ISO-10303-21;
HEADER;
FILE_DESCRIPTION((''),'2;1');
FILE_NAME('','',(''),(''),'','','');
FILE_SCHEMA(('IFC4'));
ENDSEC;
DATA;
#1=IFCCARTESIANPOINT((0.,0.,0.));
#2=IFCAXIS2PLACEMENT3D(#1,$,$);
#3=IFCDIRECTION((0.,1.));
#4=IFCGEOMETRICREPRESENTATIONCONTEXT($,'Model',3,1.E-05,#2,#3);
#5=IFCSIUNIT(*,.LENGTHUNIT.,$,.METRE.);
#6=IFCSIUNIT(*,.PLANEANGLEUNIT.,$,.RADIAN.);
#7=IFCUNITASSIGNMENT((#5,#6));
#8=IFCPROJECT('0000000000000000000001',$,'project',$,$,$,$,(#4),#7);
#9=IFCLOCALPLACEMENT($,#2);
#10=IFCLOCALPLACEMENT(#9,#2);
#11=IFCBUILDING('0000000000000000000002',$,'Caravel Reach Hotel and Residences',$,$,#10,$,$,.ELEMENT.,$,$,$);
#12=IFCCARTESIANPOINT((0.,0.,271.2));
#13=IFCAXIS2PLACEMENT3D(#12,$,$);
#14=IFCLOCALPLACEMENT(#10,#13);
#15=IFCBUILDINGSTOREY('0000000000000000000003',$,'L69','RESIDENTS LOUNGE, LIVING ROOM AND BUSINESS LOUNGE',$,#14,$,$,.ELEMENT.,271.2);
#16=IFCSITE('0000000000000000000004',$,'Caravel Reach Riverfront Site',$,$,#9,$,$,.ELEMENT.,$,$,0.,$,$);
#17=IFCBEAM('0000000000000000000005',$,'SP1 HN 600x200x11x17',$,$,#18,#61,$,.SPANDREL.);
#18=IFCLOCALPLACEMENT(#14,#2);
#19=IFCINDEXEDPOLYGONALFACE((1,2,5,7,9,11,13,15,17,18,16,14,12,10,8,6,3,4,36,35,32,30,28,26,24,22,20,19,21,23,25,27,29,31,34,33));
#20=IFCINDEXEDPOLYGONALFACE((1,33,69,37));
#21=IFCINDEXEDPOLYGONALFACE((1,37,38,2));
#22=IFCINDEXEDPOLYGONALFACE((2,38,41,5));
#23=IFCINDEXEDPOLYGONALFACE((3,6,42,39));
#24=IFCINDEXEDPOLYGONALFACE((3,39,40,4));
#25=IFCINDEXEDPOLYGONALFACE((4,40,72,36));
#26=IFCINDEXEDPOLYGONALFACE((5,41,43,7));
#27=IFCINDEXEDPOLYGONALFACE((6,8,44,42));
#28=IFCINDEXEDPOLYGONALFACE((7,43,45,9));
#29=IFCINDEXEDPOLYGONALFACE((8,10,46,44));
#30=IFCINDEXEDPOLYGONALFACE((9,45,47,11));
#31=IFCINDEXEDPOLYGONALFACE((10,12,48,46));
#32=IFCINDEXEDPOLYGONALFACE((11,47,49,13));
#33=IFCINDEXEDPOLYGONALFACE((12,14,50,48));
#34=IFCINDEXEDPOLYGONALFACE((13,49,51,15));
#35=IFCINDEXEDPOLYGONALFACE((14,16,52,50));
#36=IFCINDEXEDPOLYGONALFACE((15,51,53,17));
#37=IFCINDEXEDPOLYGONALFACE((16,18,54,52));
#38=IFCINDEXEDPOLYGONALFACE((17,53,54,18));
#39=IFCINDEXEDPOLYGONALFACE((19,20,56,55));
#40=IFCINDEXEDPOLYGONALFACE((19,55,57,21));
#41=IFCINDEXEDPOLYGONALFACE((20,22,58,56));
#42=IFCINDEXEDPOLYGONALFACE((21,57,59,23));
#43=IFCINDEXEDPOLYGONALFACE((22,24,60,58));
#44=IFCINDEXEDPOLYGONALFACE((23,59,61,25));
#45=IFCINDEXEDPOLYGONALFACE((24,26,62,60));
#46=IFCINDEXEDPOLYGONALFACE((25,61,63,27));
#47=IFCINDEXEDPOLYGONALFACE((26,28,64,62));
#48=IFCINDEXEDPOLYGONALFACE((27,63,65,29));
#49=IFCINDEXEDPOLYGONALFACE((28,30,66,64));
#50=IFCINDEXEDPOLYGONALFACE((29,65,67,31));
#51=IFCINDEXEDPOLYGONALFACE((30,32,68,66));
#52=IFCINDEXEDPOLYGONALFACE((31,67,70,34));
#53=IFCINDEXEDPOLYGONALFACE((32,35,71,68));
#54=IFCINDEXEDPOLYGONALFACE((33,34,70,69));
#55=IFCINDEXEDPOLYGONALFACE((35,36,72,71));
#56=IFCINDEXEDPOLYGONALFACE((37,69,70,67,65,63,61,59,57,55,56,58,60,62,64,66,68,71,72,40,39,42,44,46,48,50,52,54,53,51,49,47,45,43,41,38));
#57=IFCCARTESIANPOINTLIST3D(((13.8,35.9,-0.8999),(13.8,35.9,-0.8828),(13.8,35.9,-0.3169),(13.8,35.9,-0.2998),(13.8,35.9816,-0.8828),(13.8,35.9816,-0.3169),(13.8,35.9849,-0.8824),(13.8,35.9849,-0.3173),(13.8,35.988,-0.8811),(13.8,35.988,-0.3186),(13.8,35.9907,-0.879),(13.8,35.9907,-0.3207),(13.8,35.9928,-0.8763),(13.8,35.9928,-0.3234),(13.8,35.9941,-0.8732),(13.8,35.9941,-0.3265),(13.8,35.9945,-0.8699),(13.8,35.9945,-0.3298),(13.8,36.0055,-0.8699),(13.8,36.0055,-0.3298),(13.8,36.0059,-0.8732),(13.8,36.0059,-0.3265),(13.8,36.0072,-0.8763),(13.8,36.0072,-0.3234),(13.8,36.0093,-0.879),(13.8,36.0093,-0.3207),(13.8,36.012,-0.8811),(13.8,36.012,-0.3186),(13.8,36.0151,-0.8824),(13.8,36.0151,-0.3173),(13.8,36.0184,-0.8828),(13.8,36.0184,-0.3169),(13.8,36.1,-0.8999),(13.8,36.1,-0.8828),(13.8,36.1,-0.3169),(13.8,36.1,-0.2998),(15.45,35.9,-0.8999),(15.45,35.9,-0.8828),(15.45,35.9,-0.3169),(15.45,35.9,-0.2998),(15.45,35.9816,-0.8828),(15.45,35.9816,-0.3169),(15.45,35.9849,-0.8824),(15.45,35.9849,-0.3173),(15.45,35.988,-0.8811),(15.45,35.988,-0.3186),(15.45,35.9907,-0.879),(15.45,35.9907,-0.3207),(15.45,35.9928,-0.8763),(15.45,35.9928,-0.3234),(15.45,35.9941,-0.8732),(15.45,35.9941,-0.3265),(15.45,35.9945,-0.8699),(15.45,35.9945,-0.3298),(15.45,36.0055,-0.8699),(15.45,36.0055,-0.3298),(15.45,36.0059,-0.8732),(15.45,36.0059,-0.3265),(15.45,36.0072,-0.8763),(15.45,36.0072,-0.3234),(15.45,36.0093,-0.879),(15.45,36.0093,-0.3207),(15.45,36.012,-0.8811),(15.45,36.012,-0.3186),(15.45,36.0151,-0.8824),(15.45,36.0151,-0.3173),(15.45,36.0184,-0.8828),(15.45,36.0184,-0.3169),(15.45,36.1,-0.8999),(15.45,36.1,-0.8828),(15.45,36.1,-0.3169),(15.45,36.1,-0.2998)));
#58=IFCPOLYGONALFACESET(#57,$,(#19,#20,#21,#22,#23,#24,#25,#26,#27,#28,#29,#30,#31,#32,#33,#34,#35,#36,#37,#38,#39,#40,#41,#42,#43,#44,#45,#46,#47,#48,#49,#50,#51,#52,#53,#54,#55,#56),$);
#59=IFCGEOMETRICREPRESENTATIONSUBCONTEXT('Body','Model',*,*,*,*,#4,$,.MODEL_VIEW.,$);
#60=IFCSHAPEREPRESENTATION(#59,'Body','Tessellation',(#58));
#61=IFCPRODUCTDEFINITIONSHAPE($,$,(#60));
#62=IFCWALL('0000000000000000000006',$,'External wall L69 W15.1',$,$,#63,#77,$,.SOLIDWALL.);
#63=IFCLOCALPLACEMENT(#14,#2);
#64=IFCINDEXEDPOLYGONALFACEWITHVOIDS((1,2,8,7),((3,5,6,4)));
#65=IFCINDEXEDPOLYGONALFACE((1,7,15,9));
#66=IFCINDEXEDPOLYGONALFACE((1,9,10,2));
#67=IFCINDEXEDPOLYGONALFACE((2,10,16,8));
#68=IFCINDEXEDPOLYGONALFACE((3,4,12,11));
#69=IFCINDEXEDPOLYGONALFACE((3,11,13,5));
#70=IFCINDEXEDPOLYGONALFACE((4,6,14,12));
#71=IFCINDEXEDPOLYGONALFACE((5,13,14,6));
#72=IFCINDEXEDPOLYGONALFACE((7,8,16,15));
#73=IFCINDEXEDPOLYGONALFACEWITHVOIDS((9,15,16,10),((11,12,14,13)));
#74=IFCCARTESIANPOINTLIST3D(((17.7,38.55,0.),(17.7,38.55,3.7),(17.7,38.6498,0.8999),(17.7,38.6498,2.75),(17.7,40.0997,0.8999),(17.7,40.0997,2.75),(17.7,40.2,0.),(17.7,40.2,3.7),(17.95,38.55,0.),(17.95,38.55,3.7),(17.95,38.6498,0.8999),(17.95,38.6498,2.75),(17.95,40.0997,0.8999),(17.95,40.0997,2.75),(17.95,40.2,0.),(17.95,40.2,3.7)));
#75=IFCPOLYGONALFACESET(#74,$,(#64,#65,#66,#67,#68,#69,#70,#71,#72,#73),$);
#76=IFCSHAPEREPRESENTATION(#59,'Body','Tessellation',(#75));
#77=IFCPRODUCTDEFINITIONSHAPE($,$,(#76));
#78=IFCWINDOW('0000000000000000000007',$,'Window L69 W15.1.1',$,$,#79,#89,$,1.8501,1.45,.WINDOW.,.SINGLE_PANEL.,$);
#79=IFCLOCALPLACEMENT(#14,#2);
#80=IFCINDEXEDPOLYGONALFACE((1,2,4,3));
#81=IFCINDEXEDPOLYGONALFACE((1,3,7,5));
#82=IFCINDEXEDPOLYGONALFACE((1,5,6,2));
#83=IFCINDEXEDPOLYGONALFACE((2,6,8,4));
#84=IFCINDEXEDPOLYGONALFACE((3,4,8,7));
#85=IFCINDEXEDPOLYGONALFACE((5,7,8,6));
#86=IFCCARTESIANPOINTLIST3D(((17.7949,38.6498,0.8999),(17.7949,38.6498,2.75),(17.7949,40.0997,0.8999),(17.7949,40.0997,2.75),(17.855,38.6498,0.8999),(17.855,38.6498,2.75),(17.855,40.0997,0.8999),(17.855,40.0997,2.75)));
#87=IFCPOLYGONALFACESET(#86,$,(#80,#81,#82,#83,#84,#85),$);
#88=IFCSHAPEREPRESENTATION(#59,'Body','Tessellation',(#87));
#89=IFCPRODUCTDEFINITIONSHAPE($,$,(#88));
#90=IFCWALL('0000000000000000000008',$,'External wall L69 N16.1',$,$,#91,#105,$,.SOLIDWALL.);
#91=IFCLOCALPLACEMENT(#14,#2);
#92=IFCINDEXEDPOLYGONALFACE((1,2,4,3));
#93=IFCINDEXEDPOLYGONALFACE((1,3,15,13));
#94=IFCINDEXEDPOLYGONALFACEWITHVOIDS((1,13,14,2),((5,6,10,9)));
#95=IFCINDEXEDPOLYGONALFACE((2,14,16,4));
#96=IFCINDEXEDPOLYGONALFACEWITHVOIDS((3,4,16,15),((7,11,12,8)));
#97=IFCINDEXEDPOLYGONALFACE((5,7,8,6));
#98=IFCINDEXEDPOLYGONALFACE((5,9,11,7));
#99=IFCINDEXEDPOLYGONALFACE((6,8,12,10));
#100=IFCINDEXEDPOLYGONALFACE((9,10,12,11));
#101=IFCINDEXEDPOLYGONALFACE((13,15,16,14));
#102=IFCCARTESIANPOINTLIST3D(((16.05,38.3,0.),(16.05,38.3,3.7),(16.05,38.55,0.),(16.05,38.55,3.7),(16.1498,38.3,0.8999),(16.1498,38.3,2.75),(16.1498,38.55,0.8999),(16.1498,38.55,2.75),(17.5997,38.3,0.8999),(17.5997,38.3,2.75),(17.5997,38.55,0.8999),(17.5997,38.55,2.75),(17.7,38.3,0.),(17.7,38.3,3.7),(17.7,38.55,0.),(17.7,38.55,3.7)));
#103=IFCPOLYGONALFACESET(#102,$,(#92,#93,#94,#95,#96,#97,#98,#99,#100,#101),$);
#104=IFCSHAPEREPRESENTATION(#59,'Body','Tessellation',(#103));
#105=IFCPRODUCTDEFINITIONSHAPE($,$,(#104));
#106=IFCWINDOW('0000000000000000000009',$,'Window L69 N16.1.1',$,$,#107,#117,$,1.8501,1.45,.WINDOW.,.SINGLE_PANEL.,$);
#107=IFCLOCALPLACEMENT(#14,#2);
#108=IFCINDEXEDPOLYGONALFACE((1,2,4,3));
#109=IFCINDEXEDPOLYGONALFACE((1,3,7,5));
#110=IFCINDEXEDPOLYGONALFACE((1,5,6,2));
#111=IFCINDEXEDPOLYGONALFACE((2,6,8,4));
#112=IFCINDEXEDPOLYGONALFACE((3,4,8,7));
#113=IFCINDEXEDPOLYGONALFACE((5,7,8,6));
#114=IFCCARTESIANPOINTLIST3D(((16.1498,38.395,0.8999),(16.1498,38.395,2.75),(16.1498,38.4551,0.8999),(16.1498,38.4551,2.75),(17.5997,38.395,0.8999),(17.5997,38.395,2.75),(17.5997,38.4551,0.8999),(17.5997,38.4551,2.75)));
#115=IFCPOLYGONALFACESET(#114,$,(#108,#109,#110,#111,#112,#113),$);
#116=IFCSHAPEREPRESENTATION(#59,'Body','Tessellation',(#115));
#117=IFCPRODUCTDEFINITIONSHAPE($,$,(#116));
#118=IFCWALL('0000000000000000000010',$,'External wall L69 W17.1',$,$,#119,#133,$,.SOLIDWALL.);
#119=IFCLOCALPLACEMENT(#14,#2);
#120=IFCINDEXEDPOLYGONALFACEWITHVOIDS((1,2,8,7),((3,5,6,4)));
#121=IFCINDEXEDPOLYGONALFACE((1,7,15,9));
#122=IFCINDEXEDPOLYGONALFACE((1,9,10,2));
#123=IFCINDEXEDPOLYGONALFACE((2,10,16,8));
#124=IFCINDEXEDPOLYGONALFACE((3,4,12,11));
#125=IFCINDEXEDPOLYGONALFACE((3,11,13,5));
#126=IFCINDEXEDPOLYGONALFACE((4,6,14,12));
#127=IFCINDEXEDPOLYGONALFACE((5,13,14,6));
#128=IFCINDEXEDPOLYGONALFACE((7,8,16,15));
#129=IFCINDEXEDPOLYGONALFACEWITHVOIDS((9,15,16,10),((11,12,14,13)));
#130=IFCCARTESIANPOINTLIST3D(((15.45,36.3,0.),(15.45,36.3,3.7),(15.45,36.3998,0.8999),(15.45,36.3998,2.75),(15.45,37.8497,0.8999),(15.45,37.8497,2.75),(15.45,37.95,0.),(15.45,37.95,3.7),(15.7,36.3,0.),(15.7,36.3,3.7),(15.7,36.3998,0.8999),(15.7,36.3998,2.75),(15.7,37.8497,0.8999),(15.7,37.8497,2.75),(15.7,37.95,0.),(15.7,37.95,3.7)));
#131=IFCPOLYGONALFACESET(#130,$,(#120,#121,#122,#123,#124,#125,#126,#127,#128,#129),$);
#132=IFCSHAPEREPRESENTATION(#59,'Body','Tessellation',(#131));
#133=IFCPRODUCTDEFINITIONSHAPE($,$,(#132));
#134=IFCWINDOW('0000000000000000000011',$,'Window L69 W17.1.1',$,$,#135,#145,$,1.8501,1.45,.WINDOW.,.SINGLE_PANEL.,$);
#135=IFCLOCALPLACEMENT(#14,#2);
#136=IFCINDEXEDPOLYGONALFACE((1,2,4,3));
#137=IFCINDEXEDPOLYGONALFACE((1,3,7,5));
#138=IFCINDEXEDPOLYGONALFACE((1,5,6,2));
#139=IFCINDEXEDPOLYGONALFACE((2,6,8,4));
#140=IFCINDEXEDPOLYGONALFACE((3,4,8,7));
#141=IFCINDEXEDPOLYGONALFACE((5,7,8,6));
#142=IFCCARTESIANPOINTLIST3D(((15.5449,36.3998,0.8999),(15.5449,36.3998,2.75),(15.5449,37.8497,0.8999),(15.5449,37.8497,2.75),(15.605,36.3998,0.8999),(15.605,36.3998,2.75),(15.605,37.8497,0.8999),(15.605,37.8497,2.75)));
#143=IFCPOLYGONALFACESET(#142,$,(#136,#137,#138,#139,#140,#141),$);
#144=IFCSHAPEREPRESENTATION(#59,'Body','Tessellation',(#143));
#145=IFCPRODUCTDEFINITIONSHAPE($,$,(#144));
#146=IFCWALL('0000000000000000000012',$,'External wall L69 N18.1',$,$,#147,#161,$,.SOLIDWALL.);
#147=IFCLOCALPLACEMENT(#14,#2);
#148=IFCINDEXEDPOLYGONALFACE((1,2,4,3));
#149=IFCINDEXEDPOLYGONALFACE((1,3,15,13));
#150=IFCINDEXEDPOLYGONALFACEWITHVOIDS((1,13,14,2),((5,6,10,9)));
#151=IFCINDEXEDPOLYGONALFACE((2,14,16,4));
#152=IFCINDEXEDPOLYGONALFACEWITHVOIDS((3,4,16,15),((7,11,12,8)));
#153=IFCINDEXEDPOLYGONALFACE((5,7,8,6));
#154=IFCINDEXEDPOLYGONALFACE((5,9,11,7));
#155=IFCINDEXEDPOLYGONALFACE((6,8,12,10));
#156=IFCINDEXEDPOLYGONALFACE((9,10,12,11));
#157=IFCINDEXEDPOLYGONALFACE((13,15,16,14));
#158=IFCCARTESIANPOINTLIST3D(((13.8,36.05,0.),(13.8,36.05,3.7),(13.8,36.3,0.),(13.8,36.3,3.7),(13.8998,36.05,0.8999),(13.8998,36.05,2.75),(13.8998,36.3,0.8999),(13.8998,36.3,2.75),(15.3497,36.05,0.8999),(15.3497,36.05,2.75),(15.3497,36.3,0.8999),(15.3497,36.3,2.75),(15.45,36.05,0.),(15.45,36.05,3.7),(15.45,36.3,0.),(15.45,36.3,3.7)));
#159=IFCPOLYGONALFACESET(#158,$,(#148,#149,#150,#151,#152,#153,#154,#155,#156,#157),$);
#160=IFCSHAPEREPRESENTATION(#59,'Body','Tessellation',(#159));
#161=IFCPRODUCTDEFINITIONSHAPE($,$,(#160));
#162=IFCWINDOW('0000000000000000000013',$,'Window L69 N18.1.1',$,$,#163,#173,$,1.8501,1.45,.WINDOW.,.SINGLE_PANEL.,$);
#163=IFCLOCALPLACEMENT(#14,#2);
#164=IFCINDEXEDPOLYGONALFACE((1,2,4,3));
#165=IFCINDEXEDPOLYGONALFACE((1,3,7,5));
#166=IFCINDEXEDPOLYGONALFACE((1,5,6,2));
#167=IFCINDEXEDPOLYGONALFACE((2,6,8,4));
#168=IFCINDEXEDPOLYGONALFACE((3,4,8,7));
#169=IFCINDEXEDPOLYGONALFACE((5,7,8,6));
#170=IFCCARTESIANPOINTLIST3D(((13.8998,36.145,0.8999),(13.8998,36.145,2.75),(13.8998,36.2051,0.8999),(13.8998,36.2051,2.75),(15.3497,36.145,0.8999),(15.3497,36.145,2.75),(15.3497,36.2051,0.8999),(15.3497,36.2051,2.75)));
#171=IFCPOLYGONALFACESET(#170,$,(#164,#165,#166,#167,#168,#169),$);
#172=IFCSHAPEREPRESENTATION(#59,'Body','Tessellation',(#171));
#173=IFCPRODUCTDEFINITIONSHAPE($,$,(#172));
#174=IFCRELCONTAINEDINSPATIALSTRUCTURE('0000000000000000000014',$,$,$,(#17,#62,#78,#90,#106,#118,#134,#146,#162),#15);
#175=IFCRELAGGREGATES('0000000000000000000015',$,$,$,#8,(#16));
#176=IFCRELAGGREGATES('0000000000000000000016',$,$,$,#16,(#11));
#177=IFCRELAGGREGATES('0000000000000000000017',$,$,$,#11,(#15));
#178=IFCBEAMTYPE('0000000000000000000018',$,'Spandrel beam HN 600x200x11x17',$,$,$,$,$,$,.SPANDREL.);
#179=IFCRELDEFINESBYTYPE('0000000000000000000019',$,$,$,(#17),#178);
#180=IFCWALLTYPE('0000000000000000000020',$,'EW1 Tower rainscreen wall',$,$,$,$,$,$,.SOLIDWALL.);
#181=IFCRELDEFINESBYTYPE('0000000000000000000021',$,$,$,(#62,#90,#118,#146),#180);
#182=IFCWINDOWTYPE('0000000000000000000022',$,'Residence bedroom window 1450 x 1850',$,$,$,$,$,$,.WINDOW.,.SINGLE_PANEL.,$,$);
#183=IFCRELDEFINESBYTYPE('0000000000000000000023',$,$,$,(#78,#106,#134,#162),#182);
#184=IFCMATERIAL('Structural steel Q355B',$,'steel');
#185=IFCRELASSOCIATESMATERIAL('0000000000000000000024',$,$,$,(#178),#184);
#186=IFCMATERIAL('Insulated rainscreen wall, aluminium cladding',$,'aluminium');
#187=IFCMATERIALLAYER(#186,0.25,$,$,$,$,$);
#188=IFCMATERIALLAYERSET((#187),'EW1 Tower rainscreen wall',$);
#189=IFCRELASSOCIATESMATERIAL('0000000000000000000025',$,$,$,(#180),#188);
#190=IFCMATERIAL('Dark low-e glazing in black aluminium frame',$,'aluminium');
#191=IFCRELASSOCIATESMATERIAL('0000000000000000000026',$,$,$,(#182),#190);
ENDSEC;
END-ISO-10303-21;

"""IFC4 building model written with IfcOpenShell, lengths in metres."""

from ifc_helpers import new_model, si_unit, direction, frame, frame_2d, origin, origin_2d, place, context, subcontext, project, spatial, rectangle, i_section, extrude, material, layer, layer_set, material_profile, profile_set, type_object, element, fill, save


model = new_model("IFC4")

# Units and contexts
model_context = context("Model", 3, precision=1e-05, world=origin(), true_north=direction((0.0, 1.0)))
body_context = subcontext(model_context, "Body", "Model", "MODEL_VIEW")
ifc_project = project(units=[si_unit("LENGTHUNIT", "METRE"), si_unit("PLANEANGLEUNIT", "RADIAN")], contexts=[model_context])

# Site, building, storey
site_placement = place(None, origin())
site = spatial("IfcSite", under=ifc_project, at=site_placement, Name="Caravel Reach Riverfront Site", CompositionType="ELEMENT", RefElevation=0.0)
building_placement = place(site_placement, origin())
building = spatial("IfcBuilding", under=site, at=building_placement, Name="Caravel Reach Hotel and Residences", CompositionType="ELEMENT")
storey_placement = place(building_placement, frame((0.0, 0.0, 271.2)))
storey = spatial("IfcBuildingStorey", under=building, at=storey_placement, Name="L69", Description="RESIDENTS LOUNGE, LIVING ROOM AND BUSINESS LOUNGE", CompositionType="ELEMENT", Elevation=271.2)

# Beam
ifc_material_1 = material(Name="Structural steel Q355B", Category="steel")
ifc_material_profile_1 = material_profile(ifc_material_1, i_section(OverallWidth=0.2, OverallDepth=0.6001, WebThickness=0.011, FlangeThickness=0.0171, FilletRadius=0.0129, at=origin_2d()), Name="HN 600x200x11x17")
ifc_profile_set_1 = profile_set([ifc_material_profile_1], Name="Structural steel Q355B")
beam_type = type_object("IfcBeamType", Name="Spandrel beam HN 600x200x11x17", PredefinedType="SPANDREL", material=ifc_profile_set_1)
for number, where, z_axis, x_axis, name in (
    (1, (15.45, 36.0, -0.5999), (-1.0, 0.0, 0.0), (0.0, -1.0, 0.0), "SP1 HN 600x200x11x17"),
):
    element("IfcBeam", number, at=place(storey_placement, frame(where, z_axis=z_axis, x_axis=x_axis)), inside=storey, type_object=beam_type, Name=name, PredefinedType="SPANDREL", context=body_context, shape_type="SweptSolid", body=[
        extrude(i_section(OverallWidth=0.2, OverallDepth=0.6001, WebThickness=0.011, FlangeThickness=0.0171, FilletRadius=0.0129, at=origin_2d()), origin(), (0.0, 0.0, 1.0), 1.6499),
    ])

# Walls, openings, windows
ifc_material_2 = material(Name="Insulated rainscreen wall, aluminium cladding", Category="aluminium")
ifc_layer_1 = layer(ifc_material_2, 0.25)
ifc_layer_set_1 = layer_set([ifc_layer_1], Name="EW1 Tower rainscreen wall")
wall_type_1 = type_object("IfcWallType", Name="EW1 Tower rainscreen wall", PredefinedType="SOLIDWALL", material=ifc_layer_set_1)
wall_1_placement = place(storey_placement, frame((17.825, 40.2, 0.0), z_axis=(0.0, 0.0, 1.0), x_axis=(0.0, -1.0, 0.0)))
wall_1 = element("IfcWall", 2, at=wall_1_placement, inside=storey, type_object=wall_type_1, Name="External wall L69 W15.1", PredefinedType="SOLIDWALL", context=body_context, shape_type="SweptSolid", body=[
    extrude(rectangle(XDim=1.6499, YDim=0.25, at=frame_2d((0.825, 0.0))), origin(), (0.0, 0.0, 1.0), 3.7),
])
opening_1_placement = place(wall_1_placement, frame((0.1001, 0.0, 0.8999)))
opening_1 = element("IfcOpeningElement", 3, at=opening_1_placement, cuts=wall_1, PredefinedType="OPENING", context=body_context, shape_type="SweptSolid", body=[
    extrude(rectangle(XDim=1.45, YDim=1.8501, at=frame_2d((0.7251, 0.925))), frame((0.0, 0.135, 0.0), z_axis=(0.0, -1.0, 0.0), x_axis=(1.0, 0.0, 0.0)), (0.0, 0.0, 1.0), 0.27),
])
ifc_material_3 = material(Name="Dark low-e glazing in black aluminium frame", Category="aluminium")
window_type = type_object("IfcWindowType", Name="Residence bedroom window 1450 x 1850", PartitioningType="SINGLE_PANEL", PredefinedType="WINDOW", material=ifc_material_3)
window_1_placement = place(opening_1_placement, origin())
window_1 = element("IfcWindow", 4, at=window_1_placement, inside=storey, type_object=window_type, Name="Window L69 W15.1.1", OverallHeight=1.8501, OverallWidth=1.45, PartitioningType="SINGLE_PANEL", PredefinedType="WINDOW", context=body_context, shape_type="SweptSolid", body=[
    extrude(rectangle(XDim=1.45, YDim=1.8501, at=frame_2d((0.7251, 0.925))), frame((0.0, 0.03, 0.0), z_axis=(0.0, -1.0, 0.0), x_axis=(1.0, 0.0, 0.0)), (0.0, 0.0, 1.0), 0.0601),
])
fill(opening_1, window_1)
wall_2_placement = place(storey_placement, frame((17.7, 38.425, 0.0), z_axis=(0.0, 0.0, 1.0), x_axis=(-1.0, 0.0, 0.0)))
wall_2 = element("IfcWall", 5, at=wall_2_placement, inside=storey, type_object=wall_type_1, Name="External wall L69 N16.1", PredefinedType="SOLIDWALL", context=body_context, shape_type="SweptSolid", body=[
    extrude(rectangle(XDim=1.6499, YDim=0.25, at=frame_2d((0.825, 0.0))), origin(), (0.0, 0.0, 1.0), 3.7),
])
opening_2_placement = place(wall_2_placement, frame((0.1001, 0.0, 0.8999)))
opening_2 = element("IfcOpeningElement", 6, at=opening_2_placement, cuts=wall_2, PredefinedType="OPENING", context=body_context, shape_type="SweptSolid", body=[
    extrude(rectangle(XDim=1.45, YDim=1.8501, at=frame_2d((0.7251, 0.925))), frame((0.0, 0.135, 0.0), z_axis=(0.0, -1.0, 0.0), x_axis=(1.0, 0.0, 0.0)), (0.0, 0.0, 1.0), 0.27),
])
window_2_placement = place(opening_2_placement, origin())
window_2 = element("IfcWindow", 7, at=window_2_placement, inside=storey, type_object=window_type, Name="Window L69 N16.1.1", OverallHeight=1.8501, OverallWidth=1.45, PartitioningType="SINGLE_PANEL", PredefinedType="WINDOW", context=body_context, shape_type="SweptSolid", body=[
    extrude(rectangle(XDim=1.45, YDim=1.8501, at=frame_2d((0.7251, 0.925))), frame((0.0, 0.03, 0.0), z_axis=(0.0, -1.0, 0.0), x_axis=(1.0, 0.0, 0.0)), (0.0, 0.0, 1.0), 0.0601),
])
fill(opening_2, window_2)
wall_3_placement = place(storey_placement, frame((15.575, 37.95, 0.0), z_axis=(0.0, 0.0, 1.0), x_axis=(0.0, -1.0, 0.0)))
wall_3 = element("IfcWall", 8, at=wall_3_placement, inside=storey, type_object=wall_type_1, Name="External wall L69 W17.1", PredefinedType="SOLIDWALL", context=body_context, shape_type="SweptSolid", body=[
    extrude(rectangle(XDim=1.6499, YDim=0.25, at=frame_2d((0.825, 0.0))), origin(), (0.0, 0.0, 1.0), 3.7),
])
opening_3_placement = place(wall_3_placement, frame((0.1001, 0.0, 0.8999)))
opening_3 = element("IfcOpeningElement", 9, at=opening_3_placement, cuts=wall_3, PredefinedType="OPENING", context=body_context, shape_type="SweptSolid", body=[
    extrude(rectangle(XDim=1.45, YDim=1.8501, at=frame_2d((0.7251, 0.925))), frame((0.0, 0.135, 0.0), z_axis=(0.0, -1.0, 0.0), x_axis=(1.0, 0.0, 0.0)), (0.0, 0.0, 1.0), 0.27),
])
window_3_placement = place(opening_3_placement, origin())
window_3 = element("IfcWindow", 10, at=window_3_placement, inside=storey, type_object=window_type, Name="Window L69 W17.1.1", OverallHeight=1.8501, OverallWidth=1.45, PartitioningType="SINGLE_PANEL", PredefinedType="WINDOW", context=body_context, shape_type="SweptSolid", body=[
    extrude(rectangle(XDim=1.45, YDim=1.8501, at=frame_2d((0.7251, 0.925))), frame((0.0, 0.03, 0.0), z_axis=(0.0, -1.0, 0.0), x_axis=(1.0, 0.0, 0.0)), (0.0, 0.0, 1.0), 0.0601),
])
fill(opening_3, window_3)
wall_4_placement = place(storey_placement, frame((15.45, 36.175, 0.0), z_axis=(0.0, 0.0, 1.0), x_axis=(-1.0, 0.0, 0.0)))
wall_4 = element("IfcWall", 11, at=wall_4_placement, inside=storey, type_object=wall_type_1, Name="External wall L69 N18.1", PredefinedType="SOLIDWALL", context=body_context, shape_type="SweptSolid", body=[
    extrude(rectangle(XDim=1.6499, YDim=0.25, at=frame_2d((0.825, 0.0))), origin(), (0.0, 0.0, 1.0), 3.7),
])
opening_4_placement = place(wall_4_placement, frame((0.1001, 0.0, 0.8999)))
opening_4 = element("IfcOpeningElement", 12, at=opening_4_placement, cuts=wall_4, PredefinedType="OPENING", context=body_context, shape_type="SweptSolid", body=[
    extrude(rectangle(XDim=1.45, YDim=1.8501, at=frame_2d((0.7251, 0.925))), frame((0.0, 0.135, 0.0), z_axis=(0.0, -1.0, 0.0), x_axis=(1.0, 0.0, 0.0)), (0.0, 0.0, 1.0), 0.27),
])
window_4_placement = place(opening_4_placement, origin())
window_4 = element("IfcWindow", 13, at=window_4_placement, inside=storey, type_object=window_type, Name="Window L69 N18.1.1", OverallHeight=1.8501, OverallWidth=1.45, PartitioningType="SINGLE_PANEL", PredefinedType="WINDOW", context=body_context, shape_type="SweptSolid", body=[
    extrude(rectangle(XDim=1.45, YDim=1.8501, at=frame_2d((0.7251, 0.925))), frame((0.0, 0.03, 0.0), z_axis=(0.0, -1.0, 0.0), x_axis=(1.0, 0.0, 0.0)), (0.0, 0.0, 1.0), 0.0601),
])
fill(opening_4, window_4)

save(model, "model.ifc")
